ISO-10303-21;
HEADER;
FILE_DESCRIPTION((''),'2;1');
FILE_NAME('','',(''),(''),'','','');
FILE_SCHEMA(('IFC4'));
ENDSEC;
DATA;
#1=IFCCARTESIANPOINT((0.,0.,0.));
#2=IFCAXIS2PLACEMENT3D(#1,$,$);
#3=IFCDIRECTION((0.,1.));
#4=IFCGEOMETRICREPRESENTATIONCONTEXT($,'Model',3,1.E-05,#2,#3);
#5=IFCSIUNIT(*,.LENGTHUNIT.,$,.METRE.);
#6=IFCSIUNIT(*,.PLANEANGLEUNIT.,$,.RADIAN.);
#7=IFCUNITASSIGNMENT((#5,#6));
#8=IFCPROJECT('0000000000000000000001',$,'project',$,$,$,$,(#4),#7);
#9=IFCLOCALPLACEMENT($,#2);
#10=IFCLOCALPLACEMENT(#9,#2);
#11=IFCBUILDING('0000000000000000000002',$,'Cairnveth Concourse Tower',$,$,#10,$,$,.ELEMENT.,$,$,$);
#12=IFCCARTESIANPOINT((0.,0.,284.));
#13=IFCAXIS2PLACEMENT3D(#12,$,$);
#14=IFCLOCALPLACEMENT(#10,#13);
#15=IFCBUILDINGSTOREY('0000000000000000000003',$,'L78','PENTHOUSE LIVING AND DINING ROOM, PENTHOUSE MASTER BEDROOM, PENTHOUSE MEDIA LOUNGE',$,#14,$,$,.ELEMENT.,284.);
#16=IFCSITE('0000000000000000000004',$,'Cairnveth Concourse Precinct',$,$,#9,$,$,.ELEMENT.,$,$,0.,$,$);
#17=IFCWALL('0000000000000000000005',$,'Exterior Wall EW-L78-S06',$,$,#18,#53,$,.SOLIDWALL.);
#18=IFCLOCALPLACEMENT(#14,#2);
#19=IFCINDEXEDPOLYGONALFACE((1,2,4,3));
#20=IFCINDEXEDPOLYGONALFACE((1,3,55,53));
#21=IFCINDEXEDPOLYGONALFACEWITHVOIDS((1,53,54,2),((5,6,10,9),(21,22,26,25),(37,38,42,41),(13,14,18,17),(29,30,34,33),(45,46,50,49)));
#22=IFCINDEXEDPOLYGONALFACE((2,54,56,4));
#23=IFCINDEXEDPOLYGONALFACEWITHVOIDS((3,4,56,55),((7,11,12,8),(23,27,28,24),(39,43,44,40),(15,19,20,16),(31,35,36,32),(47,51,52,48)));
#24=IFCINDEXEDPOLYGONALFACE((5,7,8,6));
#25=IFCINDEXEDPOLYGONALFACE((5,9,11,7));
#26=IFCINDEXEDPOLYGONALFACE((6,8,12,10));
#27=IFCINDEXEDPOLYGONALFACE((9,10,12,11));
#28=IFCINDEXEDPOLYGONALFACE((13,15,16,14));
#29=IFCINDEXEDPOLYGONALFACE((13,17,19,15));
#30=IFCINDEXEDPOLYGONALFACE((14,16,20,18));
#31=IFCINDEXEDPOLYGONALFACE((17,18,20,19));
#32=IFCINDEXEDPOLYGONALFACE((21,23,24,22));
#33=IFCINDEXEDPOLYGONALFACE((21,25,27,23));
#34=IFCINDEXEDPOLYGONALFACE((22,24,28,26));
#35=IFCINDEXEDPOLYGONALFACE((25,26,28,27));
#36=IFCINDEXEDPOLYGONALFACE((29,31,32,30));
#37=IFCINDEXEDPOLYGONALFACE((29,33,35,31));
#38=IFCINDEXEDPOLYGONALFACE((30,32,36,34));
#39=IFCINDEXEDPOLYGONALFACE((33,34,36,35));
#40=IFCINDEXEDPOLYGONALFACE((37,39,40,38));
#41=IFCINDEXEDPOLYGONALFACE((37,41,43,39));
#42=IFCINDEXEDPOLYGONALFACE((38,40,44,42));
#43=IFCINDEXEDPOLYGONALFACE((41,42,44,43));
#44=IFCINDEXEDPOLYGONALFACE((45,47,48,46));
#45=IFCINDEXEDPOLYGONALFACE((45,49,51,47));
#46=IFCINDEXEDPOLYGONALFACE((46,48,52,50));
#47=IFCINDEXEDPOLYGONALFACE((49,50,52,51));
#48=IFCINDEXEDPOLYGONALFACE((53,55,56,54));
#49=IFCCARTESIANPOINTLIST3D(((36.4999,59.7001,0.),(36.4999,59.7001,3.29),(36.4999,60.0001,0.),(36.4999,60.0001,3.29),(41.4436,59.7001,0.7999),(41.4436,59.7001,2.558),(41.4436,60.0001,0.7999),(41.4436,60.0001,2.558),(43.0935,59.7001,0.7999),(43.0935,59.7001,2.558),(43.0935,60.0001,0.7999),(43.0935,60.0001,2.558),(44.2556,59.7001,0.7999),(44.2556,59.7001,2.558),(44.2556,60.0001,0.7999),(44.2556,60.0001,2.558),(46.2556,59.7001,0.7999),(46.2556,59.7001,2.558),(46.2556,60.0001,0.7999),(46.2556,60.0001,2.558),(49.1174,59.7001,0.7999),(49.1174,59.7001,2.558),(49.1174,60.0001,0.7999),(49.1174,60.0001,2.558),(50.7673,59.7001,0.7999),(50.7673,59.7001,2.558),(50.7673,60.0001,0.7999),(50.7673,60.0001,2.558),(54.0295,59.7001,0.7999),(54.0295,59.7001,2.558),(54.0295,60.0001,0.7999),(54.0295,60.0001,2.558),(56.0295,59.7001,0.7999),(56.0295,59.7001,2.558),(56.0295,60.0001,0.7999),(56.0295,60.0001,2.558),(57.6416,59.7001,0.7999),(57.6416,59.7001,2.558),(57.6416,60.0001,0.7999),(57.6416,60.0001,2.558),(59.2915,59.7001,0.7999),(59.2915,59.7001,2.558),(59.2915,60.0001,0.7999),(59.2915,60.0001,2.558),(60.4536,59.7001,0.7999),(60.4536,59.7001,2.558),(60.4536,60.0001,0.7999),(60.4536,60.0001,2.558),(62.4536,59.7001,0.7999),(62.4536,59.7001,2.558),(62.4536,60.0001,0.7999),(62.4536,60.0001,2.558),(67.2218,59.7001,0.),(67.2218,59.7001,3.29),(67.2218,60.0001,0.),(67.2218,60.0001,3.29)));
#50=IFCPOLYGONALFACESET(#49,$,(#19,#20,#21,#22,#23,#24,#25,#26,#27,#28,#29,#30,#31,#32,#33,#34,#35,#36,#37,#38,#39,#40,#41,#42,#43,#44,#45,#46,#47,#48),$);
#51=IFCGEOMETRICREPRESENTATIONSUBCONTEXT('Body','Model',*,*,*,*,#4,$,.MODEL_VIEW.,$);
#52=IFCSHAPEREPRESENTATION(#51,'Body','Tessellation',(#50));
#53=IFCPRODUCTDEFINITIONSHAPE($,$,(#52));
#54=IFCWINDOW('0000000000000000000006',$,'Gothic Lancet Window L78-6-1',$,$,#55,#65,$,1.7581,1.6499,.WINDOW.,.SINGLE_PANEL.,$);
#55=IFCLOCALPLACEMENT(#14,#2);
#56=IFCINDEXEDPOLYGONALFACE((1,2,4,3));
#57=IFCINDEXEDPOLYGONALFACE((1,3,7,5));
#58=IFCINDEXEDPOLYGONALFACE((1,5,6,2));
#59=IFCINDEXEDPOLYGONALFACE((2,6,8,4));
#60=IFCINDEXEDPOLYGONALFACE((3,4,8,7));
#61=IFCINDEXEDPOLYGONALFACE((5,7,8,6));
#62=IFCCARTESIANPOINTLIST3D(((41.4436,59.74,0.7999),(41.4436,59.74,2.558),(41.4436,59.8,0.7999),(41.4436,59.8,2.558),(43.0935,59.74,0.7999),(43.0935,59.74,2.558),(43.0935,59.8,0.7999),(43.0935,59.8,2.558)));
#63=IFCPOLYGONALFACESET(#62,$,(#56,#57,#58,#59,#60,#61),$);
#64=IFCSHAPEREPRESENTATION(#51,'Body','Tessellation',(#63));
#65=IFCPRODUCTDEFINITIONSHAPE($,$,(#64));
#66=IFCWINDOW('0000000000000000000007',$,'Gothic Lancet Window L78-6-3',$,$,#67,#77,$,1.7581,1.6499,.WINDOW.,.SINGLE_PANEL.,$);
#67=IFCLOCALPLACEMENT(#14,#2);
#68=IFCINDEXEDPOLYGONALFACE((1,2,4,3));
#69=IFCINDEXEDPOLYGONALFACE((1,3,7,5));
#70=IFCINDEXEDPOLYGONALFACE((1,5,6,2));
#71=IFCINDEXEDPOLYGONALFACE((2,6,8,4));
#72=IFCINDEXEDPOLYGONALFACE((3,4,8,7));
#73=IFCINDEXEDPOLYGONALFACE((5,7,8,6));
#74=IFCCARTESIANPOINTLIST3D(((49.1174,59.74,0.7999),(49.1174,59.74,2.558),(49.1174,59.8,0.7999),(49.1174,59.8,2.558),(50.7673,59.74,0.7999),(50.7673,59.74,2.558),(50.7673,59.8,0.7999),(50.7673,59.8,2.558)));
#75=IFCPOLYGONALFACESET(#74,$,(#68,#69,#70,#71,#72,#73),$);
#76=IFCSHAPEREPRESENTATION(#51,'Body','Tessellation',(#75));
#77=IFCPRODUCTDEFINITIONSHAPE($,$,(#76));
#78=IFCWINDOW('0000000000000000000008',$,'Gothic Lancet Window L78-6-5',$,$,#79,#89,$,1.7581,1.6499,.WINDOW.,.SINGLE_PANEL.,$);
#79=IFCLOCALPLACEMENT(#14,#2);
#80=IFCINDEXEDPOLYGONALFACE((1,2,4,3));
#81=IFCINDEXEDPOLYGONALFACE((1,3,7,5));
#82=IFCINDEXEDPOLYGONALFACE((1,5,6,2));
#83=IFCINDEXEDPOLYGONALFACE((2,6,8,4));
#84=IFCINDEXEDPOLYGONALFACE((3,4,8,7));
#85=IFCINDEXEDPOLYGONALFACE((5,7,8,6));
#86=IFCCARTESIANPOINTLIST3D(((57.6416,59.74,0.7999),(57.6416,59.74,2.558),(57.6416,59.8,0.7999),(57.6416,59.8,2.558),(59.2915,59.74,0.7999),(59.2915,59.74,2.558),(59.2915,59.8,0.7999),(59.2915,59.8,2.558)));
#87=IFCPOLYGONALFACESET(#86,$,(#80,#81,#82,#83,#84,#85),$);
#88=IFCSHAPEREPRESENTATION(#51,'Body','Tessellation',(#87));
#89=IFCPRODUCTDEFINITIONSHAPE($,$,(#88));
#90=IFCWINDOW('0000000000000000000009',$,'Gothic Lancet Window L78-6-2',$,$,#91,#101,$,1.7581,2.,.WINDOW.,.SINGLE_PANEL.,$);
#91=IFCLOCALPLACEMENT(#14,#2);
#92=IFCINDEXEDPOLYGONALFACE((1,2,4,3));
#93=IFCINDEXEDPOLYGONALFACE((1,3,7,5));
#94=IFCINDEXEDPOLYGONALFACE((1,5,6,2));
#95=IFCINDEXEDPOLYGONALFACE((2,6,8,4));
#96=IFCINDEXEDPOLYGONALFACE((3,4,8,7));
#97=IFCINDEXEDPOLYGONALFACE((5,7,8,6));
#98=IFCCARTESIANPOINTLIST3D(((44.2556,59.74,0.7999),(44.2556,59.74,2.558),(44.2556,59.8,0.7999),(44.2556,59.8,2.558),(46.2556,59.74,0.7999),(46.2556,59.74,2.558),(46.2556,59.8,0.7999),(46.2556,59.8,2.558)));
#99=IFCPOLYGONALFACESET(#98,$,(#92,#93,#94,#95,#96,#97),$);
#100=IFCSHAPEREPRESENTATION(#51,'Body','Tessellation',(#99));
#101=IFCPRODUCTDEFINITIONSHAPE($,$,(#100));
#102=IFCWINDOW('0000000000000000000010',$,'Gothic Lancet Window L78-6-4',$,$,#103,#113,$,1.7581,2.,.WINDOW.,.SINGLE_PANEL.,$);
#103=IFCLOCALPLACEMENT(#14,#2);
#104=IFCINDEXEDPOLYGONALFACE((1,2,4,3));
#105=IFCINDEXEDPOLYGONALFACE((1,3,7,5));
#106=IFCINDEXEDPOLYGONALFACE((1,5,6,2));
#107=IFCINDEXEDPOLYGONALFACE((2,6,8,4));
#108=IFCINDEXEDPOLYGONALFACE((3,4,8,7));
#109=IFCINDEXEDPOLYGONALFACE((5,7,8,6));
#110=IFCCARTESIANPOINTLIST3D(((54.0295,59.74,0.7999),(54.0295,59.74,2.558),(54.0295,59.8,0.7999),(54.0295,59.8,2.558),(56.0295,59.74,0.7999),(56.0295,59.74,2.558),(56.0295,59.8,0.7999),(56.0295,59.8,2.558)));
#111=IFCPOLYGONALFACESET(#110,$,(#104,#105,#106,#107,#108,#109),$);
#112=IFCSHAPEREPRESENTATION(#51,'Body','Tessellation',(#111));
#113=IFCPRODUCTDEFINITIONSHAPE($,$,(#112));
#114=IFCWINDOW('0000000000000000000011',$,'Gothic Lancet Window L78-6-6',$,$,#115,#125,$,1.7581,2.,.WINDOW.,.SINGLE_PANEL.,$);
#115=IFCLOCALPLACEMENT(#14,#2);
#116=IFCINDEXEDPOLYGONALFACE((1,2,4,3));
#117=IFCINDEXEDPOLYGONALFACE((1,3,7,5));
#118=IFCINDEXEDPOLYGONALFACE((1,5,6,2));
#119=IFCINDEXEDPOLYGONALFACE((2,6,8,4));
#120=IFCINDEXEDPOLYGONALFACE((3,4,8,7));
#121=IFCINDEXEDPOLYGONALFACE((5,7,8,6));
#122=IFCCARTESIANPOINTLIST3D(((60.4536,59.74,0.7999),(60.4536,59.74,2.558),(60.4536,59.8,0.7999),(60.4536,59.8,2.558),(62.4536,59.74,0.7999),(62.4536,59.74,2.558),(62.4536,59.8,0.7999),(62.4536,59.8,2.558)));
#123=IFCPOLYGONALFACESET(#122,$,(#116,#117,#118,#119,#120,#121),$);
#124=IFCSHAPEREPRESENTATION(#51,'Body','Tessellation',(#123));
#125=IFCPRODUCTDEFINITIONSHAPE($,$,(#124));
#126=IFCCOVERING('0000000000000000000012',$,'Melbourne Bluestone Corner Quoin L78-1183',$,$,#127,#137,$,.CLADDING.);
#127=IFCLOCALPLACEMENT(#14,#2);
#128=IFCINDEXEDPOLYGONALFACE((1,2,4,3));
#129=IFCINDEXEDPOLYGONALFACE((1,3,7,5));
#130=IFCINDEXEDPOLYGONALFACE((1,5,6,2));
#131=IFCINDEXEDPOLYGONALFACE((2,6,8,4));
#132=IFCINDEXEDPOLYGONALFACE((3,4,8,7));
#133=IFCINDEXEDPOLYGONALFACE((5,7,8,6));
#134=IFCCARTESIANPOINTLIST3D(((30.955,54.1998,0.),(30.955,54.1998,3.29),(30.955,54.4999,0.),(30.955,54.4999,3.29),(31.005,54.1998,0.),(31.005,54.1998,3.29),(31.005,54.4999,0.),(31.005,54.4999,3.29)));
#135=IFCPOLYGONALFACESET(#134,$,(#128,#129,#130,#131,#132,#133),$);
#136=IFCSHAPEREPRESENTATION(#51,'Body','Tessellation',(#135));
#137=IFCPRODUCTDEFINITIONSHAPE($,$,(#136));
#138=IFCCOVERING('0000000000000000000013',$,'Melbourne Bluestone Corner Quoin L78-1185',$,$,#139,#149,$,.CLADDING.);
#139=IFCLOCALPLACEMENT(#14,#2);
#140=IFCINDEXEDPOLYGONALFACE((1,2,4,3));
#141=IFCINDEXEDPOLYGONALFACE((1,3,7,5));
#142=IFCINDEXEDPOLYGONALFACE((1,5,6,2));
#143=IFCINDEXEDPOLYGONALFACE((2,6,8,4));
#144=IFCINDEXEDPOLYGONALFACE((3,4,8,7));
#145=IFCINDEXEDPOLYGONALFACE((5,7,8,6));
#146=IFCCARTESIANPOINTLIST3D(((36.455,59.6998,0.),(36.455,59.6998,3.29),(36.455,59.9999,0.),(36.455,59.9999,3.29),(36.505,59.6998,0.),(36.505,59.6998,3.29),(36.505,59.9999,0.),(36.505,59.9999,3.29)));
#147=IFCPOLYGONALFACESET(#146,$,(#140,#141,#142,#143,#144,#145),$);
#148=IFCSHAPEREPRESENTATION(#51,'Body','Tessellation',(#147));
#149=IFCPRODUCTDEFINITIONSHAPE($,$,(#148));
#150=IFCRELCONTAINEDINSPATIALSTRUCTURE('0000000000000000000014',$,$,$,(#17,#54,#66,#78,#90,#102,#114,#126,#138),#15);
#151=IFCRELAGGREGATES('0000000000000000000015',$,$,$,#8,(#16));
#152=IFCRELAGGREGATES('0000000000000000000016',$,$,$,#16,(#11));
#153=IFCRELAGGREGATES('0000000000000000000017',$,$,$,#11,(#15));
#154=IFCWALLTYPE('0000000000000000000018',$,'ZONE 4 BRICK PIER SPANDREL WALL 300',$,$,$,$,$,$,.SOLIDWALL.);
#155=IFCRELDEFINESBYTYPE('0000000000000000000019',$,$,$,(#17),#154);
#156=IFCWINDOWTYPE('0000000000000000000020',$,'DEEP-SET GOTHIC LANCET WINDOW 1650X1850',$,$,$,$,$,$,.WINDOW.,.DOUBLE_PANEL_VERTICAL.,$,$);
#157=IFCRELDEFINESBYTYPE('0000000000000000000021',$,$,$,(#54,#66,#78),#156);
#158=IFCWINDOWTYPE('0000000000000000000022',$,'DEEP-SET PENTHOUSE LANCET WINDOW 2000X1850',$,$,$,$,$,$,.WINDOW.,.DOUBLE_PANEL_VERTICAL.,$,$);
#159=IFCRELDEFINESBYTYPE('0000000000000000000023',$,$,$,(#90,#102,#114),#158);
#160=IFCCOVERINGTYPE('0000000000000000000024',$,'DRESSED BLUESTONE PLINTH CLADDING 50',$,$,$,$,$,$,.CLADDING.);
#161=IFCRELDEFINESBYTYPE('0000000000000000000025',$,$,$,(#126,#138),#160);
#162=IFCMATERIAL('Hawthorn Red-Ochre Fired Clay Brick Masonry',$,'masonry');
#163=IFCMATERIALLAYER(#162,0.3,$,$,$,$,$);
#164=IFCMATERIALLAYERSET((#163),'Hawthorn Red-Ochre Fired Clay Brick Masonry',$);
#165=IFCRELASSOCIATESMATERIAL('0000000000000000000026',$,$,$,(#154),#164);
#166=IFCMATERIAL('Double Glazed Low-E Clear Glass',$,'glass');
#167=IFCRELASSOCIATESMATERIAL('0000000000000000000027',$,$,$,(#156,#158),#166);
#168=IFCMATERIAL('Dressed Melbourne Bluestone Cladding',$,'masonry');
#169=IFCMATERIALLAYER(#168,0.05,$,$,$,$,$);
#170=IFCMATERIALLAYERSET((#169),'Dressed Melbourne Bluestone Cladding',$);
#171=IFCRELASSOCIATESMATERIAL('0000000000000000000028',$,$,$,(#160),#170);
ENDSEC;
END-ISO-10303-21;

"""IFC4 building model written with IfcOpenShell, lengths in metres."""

from ifc_helpers import new_model, si_unit, direction, frame, frame_2d, origin, place, context, subcontext, project, spatial, rectangle, extrude, material, layer, layer_set, type_object, element, fill, save


model = new_model("IFC4")

# Units and contexts
model_context = context("Model", 3, precision=1e-05, world=origin(), true_north=direction((0.0, 1.0)))
body_context = subcontext(model_context, "Body", "Model", "MODEL_VIEW")
ifc_project = project(units=[si_unit("LENGTHUNIT", "METRE"), si_unit("PLANEANGLEUNIT", "RADIAN")], contexts=[model_context])

# Site, building, storey
site_placement = place(None, origin())
site = spatial("IfcSite", under=ifc_project, at=site_placement, Name="Cairnveth Concourse Precinct", CompositionType="ELEMENT", RefElevation=0.0)
building_placement = place(site_placement, origin())
building = spatial("IfcBuilding", under=site, at=building_placement, Name="Cairnveth Concourse Tower", CompositionType="ELEMENT")
storey_placement = place(building_placement, frame((0.0, 0.0, 284.0)))
storey = spatial("IfcBuildingStorey", under=building, at=storey_placement, Name="L78", Description="PENTHOUSE LIVING AND DINING ROOM, PENTHOUSE MASTER BEDROOM, PENTHOUSE MEDIA LOUNGE", CompositionType="ELEMENT", Elevation=284.0)

# Shared definitions
ifc_material_1 = material(Name="Hawthorn Red-Ochre Fired Clay Brick Masonry", Category="masonry")
ifc_layer_1 = layer(ifc_material_1, 0.3)
ifc_layer_set_1 = layer_set([ifc_layer_1], Name="Hawthorn Red-Ochre Fired Clay Brick Masonry")
wall_type_1 = type_object("IfcWallType", Name="ZONE 4 BRICK PIER SPANDREL WALL 300", PredefinedType="SOLIDWALL", material=ifc_layer_set_1)

# Wall, openings, windows
wall_1_placement = place(storey_placement, frame((36.5, 59.8501, 0.0), z_axis=(0.0, 0.0, 1.0), x_axis=(1.0, 0.0, 0.0)))
wall_1 = element("IfcWall", 1, at=wall_1_placement, inside=storey, type_object=wall_type_1, Name="Exterior Wall EW-L78-S06", PredefinedType="SOLIDWALL", context=body_context, shape_type="SweptSolid", body=[
    extrude(rectangle(XDim=30.7219, YDim=0.3, at=frame_2d((15.3608, 0.0))), origin(), (0.0, 0.0, 1.0), 3.29),
])
opening_1_placement = place(wall_1_placement, frame((4.9436, 0.0, 0.8)))
opening_1 = element("IfcOpeningElement", 2, at=opening_1_placement, cuts=wall_1, PredefinedType="OPENING", context=body_context, shape_type="SweptSolid", body=[
    extrude(rectangle(XDim=1.6499, YDim=1.7581, at=frame_2d((0.825, 0.8789))), frame((0.0, 0.1599, 0.0), z_axis=(0.0, -1.0, 0.0), x_axis=(1.0, 0.0, 0.0)), (0.0, 0.0, 1.0), 0.3201),
])
opening_2_placement = place(wall_1_placement, frame((7.7556, 0.0, 0.8)))
opening_2 = element("IfcOpeningElement", 3, at=opening_2_placement, cuts=wall_1, PredefinedType="OPENING", context=body_context, shape_type="SweptSolid", body=[
    extrude(rectangle(XDim=2.0, YDim=1.7581, at=frame_2d((1.0, 0.8789))), frame((0.0, 0.1599, 0.0), z_axis=(0.0, -1.0, 0.0), x_axis=(1.0, 0.0, 0.0)), (0.0, 0.0, 1.0), 0.3201),
])
opening_3_placement = place(wall_1_placement, frame((12.6174, 0.0, 0.8)))
opening_3 = element("IfcOpeningElement", 4, at=opening_3_placement, cuts=wall_1, PredefinedType="OPENING", context=body_context, shape_type="SweptSolid", body=[
    extrude(rectangle(XDim=1.6499, YDim=1.7581, at=frame_2d((0.825, 0.8789))), frame((0.0, 0.1599, 0.0), z_axis=(0.0, -1.0, 0.0), x_axis=(1.0, 0.0, 0.0)), (0.0, 0.0, 1.0), 0.3201),
])
opening_4_placement = place(wall_1_placement, frame((17.5295, 0.0, 0.8)))
opening_4 = element("IfcOpeningElement", 5, at=opening_4_placement, cuts=wall_1, PredefinedType="OPENING", context=body_context, shape_type="SweptSolid", body=[
    extrude(rectangle(XDim=2.0, YDim=1.7581, at=frame_2d((1.0, 0.8789))), frame((0.0, 0.1599, 0.0), z_axis=(0.0, -1.0, 0.0), x_axis=(1.0, 0.0, 0.0)), (0.0, 0.0, 1.0), 0.3201),
])
opening_5_placement = place(wall_1_placement, frame((21.1416, 0.0, 0.8)))
opening_5 = element("IfcOpeningElement", 6, at=opening_5_placement, cuts=wall_1, PredefinedType="OPENING", context=body_context, shape_type="SweptSolid", body=[
    extrude(rectangle(XDim=1.6499, YDim=1.7581, at=frame_2d((0.825, 0.8789))), frame((0.0, 0.1599, 0.0), z_axis=(0.0, -1.0, 0.0), x_axis=(1.0, 0.0, 0.0)), (0.0, 0.0, 1.0), 0.3201),
])
opening_6_placement = place(wall_1_placement, frame((23.9536, 0.0, 0.8)))
opening_6 = element("IfcOpeningElement", 7, at=opening_6_placement, cuts=wall_1, PredefinedType="OPENING", context=body_context, shape_type="SweptSolid", body=[
    extrude(rectangle(XDim=2.0, YDim=1.7581, at=frame_2d((1.0, 0.8789))), frame((0.0, 0.1599, 0.0), z_axis=(0.0, -1.0, 0.0), x_axis=(1.0, 0.0, 0.0)), (0.0, 0.0, 1.0), 0.3201),
])
ifc_material_2 = material(Name="Double Glazed Low-E Clear Glass", Category="glass")
window_type_1 = type_object("IfcWindowType", Name="DEEP-SET GOTHIC LANCET WINDOW 1650X1850", PartitioningType="DOUBLE_PANEL_VERTICAL", PredefinedType="WINDOW", material=ifc_material_2)
window_1_placement = place(opening_1_placement, origin())
window_1 = element("IfcWindow", 8, at=window_1_placement, inside=storey, type_object=window_type_1, Name="Gothic Lancet Window L78-6-1", OverallHeight=1.7581, OverallWidth=1.6499, PartitioningType="SINGLE_PANEL", PredefinedType="WINDOW", context=body_context, shape_type="SweptSolid", body=[
    extrude(rectangle(XDim=1.6499, YDim=1.7581, at=frame_2d((0.825, 0.8789))), frame((0.0, -0.05, 0.0), z_axis=(0.0, -1.0, 0.0), x_axis=(1.0, 0.0, 0.0)), (0.0, 0.0, 1.0), 0.0601),
])
fill(opening_1, window_1)
window_2_placement = place(opening_3_placement, origin())
window_2 = element("IfcWindow", 9, at=window_2_placement, inside=storey, type_object=window_type_1, Name="Gothic Lancet Window L78-6-3", OverallHeight=1.7581, OverallWidth=1.6499, PartitioningType="SINGLE_PANEL", PredefinedType="WINDOW", context=body_context, shape_type="SweptSolid", body=[
    extrude(rectangle(XDim=1.6499, YDim=1.7581, at=frame_2d((0.825, 0.8789))), frame((0.0, -0.05, 0.0), z_axis=(0.0, -1.0, 0.0), x_axis=(1.0, 0.0, 0.0)), (0.0, 0.0, 1.0), 0.0601),
])
fill(opening_3, window_2)
window_3_placement = place(opening_5_placement, origin())
window_3 = element("IfcWindow", 10, at=window_3_placement, inside=storey, type_object=window_type_1, Name="Gothic Lancet Window L78-6-5", OverallHeight=1.7581, OverallWidth=1.6499, PartitioningType="SINGLE_PANEL", PredefinedType="WINDOW", context=body_context, shape_type="SweptSolid", body=[
    extrude(rectangle(XDim=1.6499, YDim=1.7581, at=frame_2d((0.825, 0.8789))), frame((0.0, -0.05, 0.0), z_axis=(0.0, -1.0, 0.0), x_axis=(1.0, 0.0, 0.0)), (0.0, 0.0, 1.0), 0.0601),
])
fill(opening_5, window_3)
window_type_2 = type_object("IfcWindowType", Name="DEEP-SET PENTHOUSE LANCET WINDOW 2000X1850", PartitioningType="DOUBLE_PANEL_VERTICAL", PredefinedType="WINDOW", material=ifc_material_2)
window_4_placement = place(opening_2_placement, origin())
window_4 = element("IfcWindow", 11, at=window_4_placement, inside=storey, type_object=window_type_2, Name="Gothic Lancet Window L78-6-2", OverallHeight=1.7581, OverallWidth=2.0, PartitioningType="SINGLE_PANEL", PredefinedType="WINDOW", context=body_context, shape_type="SweptSolid", body=[
    extrude(rectangle(XDim=2.0, YDim=1.7581, at=frame_2d((1.0, 0.8789))), frame((0.0, -0.05, 0.0), z_axis=(0.0, -1.0, 0.0), x_axis=(1.0, 0.0, 0.0)), (0.0, 0.0, 1.0), 0.0601),
])
fill(opening_2, window_4)
window_5_placement = place(opening_4_placement, origin())
window_5 = element("IfcWindow", 12, at=window_5_placement, inside=storey, type_object=window_type_2, Name="Gothic Lancet Window L78-6-4", OverallHeight=1.7581, OverallWidth=2.0, PartitioningType="SINGLE_PANEL", PredefinedType="WINDOW", context=body_context, shape_type="SweptSolid", body=[
    extrude(rectangle(XDim=2.0, YDim=1.7581, at=frame_2d((1.0, 0.8789))), frame((0.0, -0.05, 0.0), z_axis=(0.0, -1.0, 0.0), x_axis=(1.0, 0.0, 0.0)), (0.0, 0.0, 1.0), 0.0601),
])
fill(opening_4, window_5)
window_6_placement = place(opening_6_placement, origin())
window_6 = element("IfcWindow", 13, at=window_6_placement, inside=storey, type_object=window_type_2, Name="Gothic Lancet Window L78-6-6", OverallHeight=1.7581, OverallWidth=2.0, PartitioningType="SINGLE_PANEL", PredefinedType="WINDOW", context=body_context, shape_type="SweptSolid", body=[
    extrude(rectangle(XDim=2.0, YDim=1.7581, at=frame_2d((1.0, 0.8789))), frame((0.0, -0.05, 0.0), z_axis=(0.0, -1.0, 0.0), x_axis=(1.0, 0.0, 0.0)), (0.0, 0.0, 1.0), 0.0601),
])
fill(opening_6, window_6)

# Coverings
ifc_material_3 = material(Name="Dressed Melbourne Bluestone Cladding", Category="masonry")
ifc_layer_2 = layer(ifc_material_3, 0.05)
ifc_layer_set_2 = layer_set([ifc_layer_2], Name="Dressed Melbourne Bluestone Cladding")
covering_type = type_object("IfcCoveringType", Name="DRESSED BLUESTONE PLINTH CLADDING 50", PredefinedType="CLADDING", material=ifc_layer_set_2)
for number, where, z_axis, x_axis, name in (
    (14, (30.98, 54.2, 0.0), (0.0, 0.0, 1.0), (0.0, 1.0, 0.0), "Melbourne Bluestone Corner Quoin L78-1183"),
    (15, (36.48, 59.7, 0.0), (0.0, 0.0, 1.0), (0.0, 1.0, 0.0), "Melbourne Bluestone Corner Quoin L78-1185"),
):
    element("IfcCovering", number, at=place(storey_placement, frame(where, z_axis=z_axis, x_axis=x_axis)), inside=storey, type_object=covering_type, Name=name, PredefinedType="CLADDING", context=body_context, shape_type="SweptSolid", body=[
        extrude(rectangle(XDim=0.3, YDim=0.05, at=frame_2d((0.1499, 0.0))), origin(), (0.0, 0.0, 1.0), 3.29),
    ])

save(model, "model.ifc")
